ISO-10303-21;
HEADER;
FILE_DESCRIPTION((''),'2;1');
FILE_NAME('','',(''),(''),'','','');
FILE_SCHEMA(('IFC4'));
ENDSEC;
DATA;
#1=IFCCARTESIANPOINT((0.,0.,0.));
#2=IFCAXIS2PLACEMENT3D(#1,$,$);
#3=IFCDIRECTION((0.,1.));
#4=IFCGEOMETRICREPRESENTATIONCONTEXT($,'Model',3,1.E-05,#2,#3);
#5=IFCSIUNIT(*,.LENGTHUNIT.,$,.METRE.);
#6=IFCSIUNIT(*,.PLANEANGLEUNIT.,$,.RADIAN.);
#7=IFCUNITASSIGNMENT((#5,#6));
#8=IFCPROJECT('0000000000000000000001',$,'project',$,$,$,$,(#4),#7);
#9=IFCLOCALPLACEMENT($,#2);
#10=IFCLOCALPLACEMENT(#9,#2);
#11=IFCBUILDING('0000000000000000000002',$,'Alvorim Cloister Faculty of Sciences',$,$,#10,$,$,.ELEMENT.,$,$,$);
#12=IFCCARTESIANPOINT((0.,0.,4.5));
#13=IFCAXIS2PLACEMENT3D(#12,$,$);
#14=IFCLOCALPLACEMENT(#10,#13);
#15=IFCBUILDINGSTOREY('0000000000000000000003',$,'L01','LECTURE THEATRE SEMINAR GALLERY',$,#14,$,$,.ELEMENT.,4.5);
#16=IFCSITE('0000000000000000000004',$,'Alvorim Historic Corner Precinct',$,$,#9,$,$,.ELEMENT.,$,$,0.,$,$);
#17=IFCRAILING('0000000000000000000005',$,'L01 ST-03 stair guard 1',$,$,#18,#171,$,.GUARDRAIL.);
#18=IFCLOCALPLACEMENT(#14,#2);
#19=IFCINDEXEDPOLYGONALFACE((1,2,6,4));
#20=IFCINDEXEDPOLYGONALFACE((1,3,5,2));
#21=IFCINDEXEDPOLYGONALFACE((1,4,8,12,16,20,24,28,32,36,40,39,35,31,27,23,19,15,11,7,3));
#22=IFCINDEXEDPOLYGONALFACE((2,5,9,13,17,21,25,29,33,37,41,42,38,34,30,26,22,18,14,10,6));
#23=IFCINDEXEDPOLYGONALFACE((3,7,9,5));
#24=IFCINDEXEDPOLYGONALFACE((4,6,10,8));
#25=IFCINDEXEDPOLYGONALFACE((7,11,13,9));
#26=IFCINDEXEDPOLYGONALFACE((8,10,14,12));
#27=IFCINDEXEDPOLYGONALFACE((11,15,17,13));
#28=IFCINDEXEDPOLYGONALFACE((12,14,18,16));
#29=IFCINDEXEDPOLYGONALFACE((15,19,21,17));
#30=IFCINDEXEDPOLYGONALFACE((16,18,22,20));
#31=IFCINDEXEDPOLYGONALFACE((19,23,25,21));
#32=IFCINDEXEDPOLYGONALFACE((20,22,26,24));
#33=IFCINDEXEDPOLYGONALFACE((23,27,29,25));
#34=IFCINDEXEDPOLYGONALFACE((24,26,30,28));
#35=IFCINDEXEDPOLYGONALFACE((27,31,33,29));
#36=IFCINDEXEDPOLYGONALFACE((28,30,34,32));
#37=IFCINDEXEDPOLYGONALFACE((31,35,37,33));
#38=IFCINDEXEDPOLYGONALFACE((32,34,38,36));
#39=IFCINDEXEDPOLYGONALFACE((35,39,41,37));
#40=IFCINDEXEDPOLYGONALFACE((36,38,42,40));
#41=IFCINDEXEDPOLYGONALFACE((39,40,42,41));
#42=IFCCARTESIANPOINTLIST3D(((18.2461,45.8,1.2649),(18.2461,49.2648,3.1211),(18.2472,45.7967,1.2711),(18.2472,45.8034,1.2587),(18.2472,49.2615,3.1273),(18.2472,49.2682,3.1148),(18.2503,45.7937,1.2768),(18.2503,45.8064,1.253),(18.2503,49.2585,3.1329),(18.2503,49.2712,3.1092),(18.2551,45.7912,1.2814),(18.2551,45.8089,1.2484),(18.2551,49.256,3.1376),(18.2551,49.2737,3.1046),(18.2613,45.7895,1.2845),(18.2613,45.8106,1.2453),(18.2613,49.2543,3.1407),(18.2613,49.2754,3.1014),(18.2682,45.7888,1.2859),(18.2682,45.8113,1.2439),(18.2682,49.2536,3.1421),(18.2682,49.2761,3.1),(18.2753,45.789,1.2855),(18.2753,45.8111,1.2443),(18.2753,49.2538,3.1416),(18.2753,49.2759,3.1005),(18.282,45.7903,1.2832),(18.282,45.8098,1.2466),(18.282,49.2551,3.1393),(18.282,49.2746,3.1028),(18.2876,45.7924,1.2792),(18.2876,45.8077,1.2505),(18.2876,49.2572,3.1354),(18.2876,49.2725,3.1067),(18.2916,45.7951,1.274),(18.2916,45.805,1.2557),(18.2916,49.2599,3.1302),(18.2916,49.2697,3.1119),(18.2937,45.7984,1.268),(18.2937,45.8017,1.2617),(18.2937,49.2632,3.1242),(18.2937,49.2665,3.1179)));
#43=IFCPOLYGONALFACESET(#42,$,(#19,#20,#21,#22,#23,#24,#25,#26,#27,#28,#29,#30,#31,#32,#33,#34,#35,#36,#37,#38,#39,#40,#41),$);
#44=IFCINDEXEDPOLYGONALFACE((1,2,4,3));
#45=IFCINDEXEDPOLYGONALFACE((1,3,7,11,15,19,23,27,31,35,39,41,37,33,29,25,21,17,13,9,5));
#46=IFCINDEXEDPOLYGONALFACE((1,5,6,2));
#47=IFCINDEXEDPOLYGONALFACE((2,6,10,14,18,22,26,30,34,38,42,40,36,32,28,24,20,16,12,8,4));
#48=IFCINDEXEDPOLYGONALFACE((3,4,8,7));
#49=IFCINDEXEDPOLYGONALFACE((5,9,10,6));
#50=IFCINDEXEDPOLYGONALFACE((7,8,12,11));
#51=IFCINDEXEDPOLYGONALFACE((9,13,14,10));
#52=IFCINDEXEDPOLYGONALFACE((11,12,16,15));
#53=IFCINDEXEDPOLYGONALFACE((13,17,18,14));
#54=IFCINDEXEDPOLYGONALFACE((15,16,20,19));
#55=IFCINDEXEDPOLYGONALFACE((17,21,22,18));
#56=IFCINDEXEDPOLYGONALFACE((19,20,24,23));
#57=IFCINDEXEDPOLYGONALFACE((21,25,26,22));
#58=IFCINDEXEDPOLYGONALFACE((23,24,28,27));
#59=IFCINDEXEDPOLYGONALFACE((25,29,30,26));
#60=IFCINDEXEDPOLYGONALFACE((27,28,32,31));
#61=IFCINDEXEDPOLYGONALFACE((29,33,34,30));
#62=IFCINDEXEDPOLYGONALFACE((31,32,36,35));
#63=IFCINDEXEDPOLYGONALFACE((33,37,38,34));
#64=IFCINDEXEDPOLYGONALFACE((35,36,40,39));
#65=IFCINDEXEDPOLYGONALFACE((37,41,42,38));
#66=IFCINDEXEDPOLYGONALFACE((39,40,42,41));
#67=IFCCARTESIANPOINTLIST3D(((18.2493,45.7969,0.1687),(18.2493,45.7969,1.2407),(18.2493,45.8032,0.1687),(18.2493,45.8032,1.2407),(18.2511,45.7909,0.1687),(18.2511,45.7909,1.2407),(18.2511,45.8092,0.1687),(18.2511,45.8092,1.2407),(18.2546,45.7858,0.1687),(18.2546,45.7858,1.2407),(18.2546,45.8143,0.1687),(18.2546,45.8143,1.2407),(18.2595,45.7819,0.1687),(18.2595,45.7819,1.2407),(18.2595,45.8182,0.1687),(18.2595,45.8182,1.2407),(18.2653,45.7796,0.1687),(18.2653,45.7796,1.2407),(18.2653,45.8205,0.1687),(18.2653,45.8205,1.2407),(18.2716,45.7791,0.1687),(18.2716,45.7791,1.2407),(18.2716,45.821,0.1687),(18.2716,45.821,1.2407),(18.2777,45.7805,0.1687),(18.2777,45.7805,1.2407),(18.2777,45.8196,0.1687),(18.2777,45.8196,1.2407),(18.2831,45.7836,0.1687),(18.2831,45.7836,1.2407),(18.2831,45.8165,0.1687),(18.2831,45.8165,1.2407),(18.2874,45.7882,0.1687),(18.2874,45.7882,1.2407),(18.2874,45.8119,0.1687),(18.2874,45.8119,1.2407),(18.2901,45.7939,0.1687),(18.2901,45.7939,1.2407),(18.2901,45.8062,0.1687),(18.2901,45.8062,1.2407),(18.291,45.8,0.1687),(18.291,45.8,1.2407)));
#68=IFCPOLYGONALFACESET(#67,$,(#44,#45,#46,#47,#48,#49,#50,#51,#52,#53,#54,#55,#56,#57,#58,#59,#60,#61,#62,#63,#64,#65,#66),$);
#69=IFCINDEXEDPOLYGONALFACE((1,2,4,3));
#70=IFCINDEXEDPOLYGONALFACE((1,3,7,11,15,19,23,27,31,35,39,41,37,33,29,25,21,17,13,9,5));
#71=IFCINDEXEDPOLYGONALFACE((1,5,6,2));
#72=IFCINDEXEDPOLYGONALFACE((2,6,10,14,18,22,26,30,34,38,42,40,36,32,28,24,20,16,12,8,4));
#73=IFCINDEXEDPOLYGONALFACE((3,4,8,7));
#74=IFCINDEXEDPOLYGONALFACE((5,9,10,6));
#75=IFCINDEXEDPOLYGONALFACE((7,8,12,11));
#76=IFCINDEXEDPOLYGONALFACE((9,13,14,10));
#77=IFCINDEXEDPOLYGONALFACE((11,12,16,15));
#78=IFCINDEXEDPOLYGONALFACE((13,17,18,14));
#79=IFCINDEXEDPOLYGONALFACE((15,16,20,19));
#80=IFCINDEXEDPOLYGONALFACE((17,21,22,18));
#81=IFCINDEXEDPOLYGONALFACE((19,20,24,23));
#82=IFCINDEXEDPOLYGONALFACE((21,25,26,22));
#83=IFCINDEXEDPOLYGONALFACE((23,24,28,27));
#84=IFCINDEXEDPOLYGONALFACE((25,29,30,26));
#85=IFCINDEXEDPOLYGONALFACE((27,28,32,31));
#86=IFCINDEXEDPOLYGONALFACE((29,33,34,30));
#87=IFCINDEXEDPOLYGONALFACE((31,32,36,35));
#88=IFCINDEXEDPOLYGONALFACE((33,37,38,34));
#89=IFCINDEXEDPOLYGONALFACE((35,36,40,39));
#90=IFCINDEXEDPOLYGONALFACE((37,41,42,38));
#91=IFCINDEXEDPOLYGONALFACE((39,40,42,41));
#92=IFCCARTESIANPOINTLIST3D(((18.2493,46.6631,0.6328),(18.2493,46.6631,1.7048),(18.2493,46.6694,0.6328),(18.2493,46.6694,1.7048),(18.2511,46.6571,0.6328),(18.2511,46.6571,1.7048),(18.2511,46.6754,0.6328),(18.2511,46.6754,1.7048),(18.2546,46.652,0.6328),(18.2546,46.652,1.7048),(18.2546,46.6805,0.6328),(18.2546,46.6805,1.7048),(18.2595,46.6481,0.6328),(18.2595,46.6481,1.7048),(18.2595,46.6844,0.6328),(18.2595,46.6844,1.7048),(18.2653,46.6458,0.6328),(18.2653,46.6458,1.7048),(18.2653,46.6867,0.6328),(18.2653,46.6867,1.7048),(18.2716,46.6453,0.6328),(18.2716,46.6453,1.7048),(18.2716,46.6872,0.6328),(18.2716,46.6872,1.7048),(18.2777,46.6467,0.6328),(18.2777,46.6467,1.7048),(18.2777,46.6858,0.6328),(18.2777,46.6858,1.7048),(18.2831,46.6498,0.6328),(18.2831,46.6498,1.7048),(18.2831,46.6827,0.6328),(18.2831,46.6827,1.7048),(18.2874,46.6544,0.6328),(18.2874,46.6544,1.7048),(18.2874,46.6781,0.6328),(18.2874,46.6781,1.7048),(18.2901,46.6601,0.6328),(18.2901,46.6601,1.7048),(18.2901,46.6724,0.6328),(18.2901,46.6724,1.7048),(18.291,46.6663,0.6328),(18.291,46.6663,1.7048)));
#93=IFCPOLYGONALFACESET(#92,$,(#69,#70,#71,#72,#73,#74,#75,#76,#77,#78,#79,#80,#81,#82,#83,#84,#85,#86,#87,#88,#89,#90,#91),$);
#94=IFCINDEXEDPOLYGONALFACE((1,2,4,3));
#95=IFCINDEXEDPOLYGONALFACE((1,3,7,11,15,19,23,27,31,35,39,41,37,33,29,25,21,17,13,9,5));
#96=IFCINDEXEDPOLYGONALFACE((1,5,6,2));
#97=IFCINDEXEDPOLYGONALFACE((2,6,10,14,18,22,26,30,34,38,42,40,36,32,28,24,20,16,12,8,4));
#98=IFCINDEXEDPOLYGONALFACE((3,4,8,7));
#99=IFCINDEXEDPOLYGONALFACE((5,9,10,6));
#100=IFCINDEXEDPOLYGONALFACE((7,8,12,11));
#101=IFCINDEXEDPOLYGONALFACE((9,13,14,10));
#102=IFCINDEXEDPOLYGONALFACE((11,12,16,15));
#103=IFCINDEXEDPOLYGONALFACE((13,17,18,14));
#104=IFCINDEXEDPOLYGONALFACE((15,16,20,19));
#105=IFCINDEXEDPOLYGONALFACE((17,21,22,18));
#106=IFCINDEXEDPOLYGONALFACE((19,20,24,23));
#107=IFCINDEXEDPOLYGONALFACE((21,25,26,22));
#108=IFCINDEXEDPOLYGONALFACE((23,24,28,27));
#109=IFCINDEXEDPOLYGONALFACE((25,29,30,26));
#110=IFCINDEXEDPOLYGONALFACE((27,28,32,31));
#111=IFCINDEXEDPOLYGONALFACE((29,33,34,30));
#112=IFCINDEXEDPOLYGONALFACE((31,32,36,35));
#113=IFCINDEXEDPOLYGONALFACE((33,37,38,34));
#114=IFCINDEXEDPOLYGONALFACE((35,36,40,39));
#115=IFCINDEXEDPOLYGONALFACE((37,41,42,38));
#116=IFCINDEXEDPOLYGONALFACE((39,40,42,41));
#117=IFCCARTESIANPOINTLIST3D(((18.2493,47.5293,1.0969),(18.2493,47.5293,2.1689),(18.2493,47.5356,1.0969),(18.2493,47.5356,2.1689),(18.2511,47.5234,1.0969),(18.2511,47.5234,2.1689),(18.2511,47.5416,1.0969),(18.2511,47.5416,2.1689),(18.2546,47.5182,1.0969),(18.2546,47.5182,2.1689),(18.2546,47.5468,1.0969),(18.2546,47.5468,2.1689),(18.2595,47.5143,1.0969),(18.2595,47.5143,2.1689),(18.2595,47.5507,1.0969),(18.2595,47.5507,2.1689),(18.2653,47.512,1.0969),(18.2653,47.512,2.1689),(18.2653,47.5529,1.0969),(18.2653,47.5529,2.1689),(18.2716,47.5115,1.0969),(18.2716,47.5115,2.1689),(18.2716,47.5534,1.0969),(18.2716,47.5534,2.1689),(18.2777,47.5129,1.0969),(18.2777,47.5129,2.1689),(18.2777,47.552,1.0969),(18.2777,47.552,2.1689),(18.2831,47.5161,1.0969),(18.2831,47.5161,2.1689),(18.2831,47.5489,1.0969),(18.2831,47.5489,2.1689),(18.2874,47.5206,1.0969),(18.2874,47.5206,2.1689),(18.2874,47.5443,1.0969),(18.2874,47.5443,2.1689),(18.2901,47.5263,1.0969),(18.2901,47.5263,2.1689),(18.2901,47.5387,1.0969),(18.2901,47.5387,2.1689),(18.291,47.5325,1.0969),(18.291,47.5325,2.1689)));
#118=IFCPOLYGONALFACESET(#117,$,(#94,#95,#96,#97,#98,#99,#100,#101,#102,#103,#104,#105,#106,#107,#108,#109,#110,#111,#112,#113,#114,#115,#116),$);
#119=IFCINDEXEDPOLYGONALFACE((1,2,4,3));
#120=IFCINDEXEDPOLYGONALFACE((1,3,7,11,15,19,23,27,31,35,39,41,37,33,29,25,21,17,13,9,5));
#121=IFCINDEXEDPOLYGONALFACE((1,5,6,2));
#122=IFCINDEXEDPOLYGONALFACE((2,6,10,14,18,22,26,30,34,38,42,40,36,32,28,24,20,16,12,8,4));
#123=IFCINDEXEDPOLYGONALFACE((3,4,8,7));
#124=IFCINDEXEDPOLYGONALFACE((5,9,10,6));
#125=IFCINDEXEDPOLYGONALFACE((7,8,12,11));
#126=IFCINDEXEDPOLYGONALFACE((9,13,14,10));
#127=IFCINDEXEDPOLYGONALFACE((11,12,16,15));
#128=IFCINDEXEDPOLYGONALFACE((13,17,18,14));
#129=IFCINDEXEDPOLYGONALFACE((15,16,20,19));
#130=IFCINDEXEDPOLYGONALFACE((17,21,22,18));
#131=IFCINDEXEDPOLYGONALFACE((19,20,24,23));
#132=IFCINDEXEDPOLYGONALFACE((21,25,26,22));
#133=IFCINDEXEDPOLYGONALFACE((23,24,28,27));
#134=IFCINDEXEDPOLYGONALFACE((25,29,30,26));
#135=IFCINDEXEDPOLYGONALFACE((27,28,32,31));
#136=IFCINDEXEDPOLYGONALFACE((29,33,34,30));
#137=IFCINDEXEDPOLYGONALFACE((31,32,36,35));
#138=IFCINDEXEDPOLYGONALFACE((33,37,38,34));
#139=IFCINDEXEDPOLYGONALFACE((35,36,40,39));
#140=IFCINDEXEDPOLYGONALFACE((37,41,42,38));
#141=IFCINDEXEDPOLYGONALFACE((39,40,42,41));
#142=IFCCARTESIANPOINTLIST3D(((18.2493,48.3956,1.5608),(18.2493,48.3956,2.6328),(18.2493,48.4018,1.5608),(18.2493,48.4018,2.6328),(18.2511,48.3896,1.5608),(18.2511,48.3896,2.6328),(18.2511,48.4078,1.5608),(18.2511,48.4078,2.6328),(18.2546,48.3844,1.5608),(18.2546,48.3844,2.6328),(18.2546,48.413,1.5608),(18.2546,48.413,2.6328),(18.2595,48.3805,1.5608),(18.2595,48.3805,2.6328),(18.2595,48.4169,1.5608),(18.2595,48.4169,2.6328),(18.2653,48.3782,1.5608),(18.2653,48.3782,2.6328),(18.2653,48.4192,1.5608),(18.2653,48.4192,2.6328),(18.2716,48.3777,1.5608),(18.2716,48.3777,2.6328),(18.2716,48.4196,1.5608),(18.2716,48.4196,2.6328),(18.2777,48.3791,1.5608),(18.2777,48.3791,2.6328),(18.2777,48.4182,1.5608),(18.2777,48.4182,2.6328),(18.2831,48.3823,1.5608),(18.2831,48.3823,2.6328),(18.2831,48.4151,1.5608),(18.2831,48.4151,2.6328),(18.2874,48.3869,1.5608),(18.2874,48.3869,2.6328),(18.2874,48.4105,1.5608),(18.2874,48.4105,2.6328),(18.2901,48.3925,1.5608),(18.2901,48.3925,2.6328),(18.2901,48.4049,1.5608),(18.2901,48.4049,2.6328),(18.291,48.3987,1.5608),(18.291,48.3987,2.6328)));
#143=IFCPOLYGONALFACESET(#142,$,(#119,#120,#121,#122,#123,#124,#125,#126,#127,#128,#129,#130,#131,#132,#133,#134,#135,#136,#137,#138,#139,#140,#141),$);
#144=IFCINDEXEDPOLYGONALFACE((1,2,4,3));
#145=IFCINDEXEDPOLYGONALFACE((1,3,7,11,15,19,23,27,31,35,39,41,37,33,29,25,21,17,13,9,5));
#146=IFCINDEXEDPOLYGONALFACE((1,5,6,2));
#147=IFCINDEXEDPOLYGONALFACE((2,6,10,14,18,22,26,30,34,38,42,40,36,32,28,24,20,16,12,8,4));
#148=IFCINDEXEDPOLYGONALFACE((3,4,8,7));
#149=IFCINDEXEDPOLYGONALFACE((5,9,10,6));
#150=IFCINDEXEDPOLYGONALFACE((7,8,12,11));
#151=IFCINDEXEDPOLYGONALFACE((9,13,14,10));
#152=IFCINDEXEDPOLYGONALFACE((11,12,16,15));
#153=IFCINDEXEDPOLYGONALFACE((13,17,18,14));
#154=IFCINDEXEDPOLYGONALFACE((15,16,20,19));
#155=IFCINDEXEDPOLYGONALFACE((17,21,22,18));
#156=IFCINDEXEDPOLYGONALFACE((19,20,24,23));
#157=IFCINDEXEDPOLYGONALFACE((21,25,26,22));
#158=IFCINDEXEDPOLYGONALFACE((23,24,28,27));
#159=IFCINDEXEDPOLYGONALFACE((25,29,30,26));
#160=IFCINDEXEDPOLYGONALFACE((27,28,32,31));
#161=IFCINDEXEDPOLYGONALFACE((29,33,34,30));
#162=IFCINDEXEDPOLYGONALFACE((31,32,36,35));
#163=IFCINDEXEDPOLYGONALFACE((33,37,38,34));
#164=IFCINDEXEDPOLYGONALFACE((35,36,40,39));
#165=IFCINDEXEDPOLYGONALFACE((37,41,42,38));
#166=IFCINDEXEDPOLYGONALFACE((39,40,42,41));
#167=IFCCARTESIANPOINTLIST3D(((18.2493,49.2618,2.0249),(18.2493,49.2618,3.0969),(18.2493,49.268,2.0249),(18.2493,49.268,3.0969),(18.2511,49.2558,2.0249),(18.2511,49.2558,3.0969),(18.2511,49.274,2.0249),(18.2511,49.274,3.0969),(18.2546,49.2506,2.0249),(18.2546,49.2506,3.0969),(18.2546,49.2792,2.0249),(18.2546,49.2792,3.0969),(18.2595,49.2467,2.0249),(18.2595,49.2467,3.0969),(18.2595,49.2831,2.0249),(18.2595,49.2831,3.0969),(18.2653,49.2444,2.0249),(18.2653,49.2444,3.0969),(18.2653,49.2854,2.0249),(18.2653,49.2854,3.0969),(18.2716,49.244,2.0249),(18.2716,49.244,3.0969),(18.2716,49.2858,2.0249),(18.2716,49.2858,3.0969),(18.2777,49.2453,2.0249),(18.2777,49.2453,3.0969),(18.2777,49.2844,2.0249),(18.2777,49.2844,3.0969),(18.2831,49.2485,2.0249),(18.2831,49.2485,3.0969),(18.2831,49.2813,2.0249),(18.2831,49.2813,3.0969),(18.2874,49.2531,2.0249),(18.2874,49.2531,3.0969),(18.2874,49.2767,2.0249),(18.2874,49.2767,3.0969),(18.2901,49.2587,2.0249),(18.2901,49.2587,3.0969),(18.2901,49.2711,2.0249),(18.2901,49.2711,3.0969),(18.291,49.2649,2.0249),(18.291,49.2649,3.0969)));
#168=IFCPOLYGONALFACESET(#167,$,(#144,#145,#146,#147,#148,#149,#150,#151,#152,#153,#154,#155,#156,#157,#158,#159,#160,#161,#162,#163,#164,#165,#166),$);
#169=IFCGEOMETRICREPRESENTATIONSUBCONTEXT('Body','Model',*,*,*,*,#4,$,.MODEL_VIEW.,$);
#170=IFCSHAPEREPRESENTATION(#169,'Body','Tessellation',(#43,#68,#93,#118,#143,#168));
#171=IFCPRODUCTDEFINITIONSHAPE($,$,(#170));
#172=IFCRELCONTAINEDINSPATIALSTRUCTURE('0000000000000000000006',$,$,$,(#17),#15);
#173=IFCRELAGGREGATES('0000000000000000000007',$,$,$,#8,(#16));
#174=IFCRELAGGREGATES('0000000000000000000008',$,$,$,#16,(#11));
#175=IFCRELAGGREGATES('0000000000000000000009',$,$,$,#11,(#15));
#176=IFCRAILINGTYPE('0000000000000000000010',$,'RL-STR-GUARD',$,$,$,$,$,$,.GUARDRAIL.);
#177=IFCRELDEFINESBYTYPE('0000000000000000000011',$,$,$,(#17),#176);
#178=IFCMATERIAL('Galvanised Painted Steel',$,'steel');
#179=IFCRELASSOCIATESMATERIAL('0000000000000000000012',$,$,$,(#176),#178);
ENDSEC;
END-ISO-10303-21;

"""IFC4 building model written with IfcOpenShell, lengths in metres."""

from ifc_helpers import new_model, si_unit, direction, frame, origin, origin_2d, place, context, subcontext, project, spatial, circle, extrude, material, type_object, element, save


model = new_model("IFC4")

# Units and contexts
model_context = context("Model", 3, precision=1e-05, world=origin(), true_north=direction((0.0, 1.0)))
body_context = subcontext(model_context, "Body", "Model", "MODEL_VIEW")
ifc_project = project(units=[si_unit("LENGTHUNIT", "METRE"), si_unit("PLANEANGLEUNIT", "RADIAN")], contexts=[model_context])

# Site, building, storey
site_placement = place(None, origin())
site = spatial("IfcSite", under=ifc_project, at=site_placement, Name="Alvorim Historic Corner Precinct", CompositionType="ELEMENT", RefElevation=0.0)
building_placement = place(site_placement, origin())
building = spatial("IfcBuilding", under=site, at=building_placement, Name="Alvorim Cloister Faculty of Sciences", CompositionType="ELEMENT")
storey_placement = place(building_placement, frame((0.0, 0.0, 4.5)))
storey = spatial("IfcBuildingStorey", under=building, at=storey_placement, Name="L01", Description="LECTURE THEATRE SEMINAR GALLERY", CompositionType="ELEMENT", Elevation=4.5)

# Railing
ifc_material_1 = material(Name="Galvanised Painted Steel", Category="steel")
railing_type_1 = type_object("IfcRailingType", Name="RL-STR-GUARD", PredefinedType="GUARDRAIL", material=ifc_material_1)
railing_1_placement = place(storey_placement, frame((18.27, 45.8, 0.1687)))
element("IfcRailing", 1, at=railing_1_placement, inside=storey, type_object=railing_type_1, Name="L01 ST-03 stair guard 1", PredefinedType="GUARDRAIL", context=body_context, shape_type="SweptSolid", body=[
    extrude(circle(Radius=0.0239, at=origin_2d()), frame((0.0, 0.0, 1.0962), z_axis=(0.0, 0.881476, 0.472228), x_axis=(-1.0, 0.0, 0.0)), (0.0, 0.0, 1.0), 3.9307),
    extrude(circle(Radius=0.021, at=origin_2d()), origin(), (0.0, 0.0, 1.0), 1.072),
    extrude(circle(Radius=0.021, at=origin_2d()), frame((0.0, 0.8662, 0.4641)), (0.0, 0.0, 1.0), 1.072),
    extrude(circle(Radius=0.021, at=origin_2d()), frame((0.0, 1.7324, 0.9282)), (0.0, 0.0, 1.0), 1.072),
    extrude(circle(Radius=0.021, at=origin_2d()), frame((0.0, 2.5986, 1.3921)), (0.0, 0.0, 1.0), 1.072),
    extrude(circle(Radius=0.021, at=origin_2d()), frame((0.0, 3.4648, 1.8562)), (0.0, 0.0, 1.0), 1.072),
])

save(model, "model.ifc")
